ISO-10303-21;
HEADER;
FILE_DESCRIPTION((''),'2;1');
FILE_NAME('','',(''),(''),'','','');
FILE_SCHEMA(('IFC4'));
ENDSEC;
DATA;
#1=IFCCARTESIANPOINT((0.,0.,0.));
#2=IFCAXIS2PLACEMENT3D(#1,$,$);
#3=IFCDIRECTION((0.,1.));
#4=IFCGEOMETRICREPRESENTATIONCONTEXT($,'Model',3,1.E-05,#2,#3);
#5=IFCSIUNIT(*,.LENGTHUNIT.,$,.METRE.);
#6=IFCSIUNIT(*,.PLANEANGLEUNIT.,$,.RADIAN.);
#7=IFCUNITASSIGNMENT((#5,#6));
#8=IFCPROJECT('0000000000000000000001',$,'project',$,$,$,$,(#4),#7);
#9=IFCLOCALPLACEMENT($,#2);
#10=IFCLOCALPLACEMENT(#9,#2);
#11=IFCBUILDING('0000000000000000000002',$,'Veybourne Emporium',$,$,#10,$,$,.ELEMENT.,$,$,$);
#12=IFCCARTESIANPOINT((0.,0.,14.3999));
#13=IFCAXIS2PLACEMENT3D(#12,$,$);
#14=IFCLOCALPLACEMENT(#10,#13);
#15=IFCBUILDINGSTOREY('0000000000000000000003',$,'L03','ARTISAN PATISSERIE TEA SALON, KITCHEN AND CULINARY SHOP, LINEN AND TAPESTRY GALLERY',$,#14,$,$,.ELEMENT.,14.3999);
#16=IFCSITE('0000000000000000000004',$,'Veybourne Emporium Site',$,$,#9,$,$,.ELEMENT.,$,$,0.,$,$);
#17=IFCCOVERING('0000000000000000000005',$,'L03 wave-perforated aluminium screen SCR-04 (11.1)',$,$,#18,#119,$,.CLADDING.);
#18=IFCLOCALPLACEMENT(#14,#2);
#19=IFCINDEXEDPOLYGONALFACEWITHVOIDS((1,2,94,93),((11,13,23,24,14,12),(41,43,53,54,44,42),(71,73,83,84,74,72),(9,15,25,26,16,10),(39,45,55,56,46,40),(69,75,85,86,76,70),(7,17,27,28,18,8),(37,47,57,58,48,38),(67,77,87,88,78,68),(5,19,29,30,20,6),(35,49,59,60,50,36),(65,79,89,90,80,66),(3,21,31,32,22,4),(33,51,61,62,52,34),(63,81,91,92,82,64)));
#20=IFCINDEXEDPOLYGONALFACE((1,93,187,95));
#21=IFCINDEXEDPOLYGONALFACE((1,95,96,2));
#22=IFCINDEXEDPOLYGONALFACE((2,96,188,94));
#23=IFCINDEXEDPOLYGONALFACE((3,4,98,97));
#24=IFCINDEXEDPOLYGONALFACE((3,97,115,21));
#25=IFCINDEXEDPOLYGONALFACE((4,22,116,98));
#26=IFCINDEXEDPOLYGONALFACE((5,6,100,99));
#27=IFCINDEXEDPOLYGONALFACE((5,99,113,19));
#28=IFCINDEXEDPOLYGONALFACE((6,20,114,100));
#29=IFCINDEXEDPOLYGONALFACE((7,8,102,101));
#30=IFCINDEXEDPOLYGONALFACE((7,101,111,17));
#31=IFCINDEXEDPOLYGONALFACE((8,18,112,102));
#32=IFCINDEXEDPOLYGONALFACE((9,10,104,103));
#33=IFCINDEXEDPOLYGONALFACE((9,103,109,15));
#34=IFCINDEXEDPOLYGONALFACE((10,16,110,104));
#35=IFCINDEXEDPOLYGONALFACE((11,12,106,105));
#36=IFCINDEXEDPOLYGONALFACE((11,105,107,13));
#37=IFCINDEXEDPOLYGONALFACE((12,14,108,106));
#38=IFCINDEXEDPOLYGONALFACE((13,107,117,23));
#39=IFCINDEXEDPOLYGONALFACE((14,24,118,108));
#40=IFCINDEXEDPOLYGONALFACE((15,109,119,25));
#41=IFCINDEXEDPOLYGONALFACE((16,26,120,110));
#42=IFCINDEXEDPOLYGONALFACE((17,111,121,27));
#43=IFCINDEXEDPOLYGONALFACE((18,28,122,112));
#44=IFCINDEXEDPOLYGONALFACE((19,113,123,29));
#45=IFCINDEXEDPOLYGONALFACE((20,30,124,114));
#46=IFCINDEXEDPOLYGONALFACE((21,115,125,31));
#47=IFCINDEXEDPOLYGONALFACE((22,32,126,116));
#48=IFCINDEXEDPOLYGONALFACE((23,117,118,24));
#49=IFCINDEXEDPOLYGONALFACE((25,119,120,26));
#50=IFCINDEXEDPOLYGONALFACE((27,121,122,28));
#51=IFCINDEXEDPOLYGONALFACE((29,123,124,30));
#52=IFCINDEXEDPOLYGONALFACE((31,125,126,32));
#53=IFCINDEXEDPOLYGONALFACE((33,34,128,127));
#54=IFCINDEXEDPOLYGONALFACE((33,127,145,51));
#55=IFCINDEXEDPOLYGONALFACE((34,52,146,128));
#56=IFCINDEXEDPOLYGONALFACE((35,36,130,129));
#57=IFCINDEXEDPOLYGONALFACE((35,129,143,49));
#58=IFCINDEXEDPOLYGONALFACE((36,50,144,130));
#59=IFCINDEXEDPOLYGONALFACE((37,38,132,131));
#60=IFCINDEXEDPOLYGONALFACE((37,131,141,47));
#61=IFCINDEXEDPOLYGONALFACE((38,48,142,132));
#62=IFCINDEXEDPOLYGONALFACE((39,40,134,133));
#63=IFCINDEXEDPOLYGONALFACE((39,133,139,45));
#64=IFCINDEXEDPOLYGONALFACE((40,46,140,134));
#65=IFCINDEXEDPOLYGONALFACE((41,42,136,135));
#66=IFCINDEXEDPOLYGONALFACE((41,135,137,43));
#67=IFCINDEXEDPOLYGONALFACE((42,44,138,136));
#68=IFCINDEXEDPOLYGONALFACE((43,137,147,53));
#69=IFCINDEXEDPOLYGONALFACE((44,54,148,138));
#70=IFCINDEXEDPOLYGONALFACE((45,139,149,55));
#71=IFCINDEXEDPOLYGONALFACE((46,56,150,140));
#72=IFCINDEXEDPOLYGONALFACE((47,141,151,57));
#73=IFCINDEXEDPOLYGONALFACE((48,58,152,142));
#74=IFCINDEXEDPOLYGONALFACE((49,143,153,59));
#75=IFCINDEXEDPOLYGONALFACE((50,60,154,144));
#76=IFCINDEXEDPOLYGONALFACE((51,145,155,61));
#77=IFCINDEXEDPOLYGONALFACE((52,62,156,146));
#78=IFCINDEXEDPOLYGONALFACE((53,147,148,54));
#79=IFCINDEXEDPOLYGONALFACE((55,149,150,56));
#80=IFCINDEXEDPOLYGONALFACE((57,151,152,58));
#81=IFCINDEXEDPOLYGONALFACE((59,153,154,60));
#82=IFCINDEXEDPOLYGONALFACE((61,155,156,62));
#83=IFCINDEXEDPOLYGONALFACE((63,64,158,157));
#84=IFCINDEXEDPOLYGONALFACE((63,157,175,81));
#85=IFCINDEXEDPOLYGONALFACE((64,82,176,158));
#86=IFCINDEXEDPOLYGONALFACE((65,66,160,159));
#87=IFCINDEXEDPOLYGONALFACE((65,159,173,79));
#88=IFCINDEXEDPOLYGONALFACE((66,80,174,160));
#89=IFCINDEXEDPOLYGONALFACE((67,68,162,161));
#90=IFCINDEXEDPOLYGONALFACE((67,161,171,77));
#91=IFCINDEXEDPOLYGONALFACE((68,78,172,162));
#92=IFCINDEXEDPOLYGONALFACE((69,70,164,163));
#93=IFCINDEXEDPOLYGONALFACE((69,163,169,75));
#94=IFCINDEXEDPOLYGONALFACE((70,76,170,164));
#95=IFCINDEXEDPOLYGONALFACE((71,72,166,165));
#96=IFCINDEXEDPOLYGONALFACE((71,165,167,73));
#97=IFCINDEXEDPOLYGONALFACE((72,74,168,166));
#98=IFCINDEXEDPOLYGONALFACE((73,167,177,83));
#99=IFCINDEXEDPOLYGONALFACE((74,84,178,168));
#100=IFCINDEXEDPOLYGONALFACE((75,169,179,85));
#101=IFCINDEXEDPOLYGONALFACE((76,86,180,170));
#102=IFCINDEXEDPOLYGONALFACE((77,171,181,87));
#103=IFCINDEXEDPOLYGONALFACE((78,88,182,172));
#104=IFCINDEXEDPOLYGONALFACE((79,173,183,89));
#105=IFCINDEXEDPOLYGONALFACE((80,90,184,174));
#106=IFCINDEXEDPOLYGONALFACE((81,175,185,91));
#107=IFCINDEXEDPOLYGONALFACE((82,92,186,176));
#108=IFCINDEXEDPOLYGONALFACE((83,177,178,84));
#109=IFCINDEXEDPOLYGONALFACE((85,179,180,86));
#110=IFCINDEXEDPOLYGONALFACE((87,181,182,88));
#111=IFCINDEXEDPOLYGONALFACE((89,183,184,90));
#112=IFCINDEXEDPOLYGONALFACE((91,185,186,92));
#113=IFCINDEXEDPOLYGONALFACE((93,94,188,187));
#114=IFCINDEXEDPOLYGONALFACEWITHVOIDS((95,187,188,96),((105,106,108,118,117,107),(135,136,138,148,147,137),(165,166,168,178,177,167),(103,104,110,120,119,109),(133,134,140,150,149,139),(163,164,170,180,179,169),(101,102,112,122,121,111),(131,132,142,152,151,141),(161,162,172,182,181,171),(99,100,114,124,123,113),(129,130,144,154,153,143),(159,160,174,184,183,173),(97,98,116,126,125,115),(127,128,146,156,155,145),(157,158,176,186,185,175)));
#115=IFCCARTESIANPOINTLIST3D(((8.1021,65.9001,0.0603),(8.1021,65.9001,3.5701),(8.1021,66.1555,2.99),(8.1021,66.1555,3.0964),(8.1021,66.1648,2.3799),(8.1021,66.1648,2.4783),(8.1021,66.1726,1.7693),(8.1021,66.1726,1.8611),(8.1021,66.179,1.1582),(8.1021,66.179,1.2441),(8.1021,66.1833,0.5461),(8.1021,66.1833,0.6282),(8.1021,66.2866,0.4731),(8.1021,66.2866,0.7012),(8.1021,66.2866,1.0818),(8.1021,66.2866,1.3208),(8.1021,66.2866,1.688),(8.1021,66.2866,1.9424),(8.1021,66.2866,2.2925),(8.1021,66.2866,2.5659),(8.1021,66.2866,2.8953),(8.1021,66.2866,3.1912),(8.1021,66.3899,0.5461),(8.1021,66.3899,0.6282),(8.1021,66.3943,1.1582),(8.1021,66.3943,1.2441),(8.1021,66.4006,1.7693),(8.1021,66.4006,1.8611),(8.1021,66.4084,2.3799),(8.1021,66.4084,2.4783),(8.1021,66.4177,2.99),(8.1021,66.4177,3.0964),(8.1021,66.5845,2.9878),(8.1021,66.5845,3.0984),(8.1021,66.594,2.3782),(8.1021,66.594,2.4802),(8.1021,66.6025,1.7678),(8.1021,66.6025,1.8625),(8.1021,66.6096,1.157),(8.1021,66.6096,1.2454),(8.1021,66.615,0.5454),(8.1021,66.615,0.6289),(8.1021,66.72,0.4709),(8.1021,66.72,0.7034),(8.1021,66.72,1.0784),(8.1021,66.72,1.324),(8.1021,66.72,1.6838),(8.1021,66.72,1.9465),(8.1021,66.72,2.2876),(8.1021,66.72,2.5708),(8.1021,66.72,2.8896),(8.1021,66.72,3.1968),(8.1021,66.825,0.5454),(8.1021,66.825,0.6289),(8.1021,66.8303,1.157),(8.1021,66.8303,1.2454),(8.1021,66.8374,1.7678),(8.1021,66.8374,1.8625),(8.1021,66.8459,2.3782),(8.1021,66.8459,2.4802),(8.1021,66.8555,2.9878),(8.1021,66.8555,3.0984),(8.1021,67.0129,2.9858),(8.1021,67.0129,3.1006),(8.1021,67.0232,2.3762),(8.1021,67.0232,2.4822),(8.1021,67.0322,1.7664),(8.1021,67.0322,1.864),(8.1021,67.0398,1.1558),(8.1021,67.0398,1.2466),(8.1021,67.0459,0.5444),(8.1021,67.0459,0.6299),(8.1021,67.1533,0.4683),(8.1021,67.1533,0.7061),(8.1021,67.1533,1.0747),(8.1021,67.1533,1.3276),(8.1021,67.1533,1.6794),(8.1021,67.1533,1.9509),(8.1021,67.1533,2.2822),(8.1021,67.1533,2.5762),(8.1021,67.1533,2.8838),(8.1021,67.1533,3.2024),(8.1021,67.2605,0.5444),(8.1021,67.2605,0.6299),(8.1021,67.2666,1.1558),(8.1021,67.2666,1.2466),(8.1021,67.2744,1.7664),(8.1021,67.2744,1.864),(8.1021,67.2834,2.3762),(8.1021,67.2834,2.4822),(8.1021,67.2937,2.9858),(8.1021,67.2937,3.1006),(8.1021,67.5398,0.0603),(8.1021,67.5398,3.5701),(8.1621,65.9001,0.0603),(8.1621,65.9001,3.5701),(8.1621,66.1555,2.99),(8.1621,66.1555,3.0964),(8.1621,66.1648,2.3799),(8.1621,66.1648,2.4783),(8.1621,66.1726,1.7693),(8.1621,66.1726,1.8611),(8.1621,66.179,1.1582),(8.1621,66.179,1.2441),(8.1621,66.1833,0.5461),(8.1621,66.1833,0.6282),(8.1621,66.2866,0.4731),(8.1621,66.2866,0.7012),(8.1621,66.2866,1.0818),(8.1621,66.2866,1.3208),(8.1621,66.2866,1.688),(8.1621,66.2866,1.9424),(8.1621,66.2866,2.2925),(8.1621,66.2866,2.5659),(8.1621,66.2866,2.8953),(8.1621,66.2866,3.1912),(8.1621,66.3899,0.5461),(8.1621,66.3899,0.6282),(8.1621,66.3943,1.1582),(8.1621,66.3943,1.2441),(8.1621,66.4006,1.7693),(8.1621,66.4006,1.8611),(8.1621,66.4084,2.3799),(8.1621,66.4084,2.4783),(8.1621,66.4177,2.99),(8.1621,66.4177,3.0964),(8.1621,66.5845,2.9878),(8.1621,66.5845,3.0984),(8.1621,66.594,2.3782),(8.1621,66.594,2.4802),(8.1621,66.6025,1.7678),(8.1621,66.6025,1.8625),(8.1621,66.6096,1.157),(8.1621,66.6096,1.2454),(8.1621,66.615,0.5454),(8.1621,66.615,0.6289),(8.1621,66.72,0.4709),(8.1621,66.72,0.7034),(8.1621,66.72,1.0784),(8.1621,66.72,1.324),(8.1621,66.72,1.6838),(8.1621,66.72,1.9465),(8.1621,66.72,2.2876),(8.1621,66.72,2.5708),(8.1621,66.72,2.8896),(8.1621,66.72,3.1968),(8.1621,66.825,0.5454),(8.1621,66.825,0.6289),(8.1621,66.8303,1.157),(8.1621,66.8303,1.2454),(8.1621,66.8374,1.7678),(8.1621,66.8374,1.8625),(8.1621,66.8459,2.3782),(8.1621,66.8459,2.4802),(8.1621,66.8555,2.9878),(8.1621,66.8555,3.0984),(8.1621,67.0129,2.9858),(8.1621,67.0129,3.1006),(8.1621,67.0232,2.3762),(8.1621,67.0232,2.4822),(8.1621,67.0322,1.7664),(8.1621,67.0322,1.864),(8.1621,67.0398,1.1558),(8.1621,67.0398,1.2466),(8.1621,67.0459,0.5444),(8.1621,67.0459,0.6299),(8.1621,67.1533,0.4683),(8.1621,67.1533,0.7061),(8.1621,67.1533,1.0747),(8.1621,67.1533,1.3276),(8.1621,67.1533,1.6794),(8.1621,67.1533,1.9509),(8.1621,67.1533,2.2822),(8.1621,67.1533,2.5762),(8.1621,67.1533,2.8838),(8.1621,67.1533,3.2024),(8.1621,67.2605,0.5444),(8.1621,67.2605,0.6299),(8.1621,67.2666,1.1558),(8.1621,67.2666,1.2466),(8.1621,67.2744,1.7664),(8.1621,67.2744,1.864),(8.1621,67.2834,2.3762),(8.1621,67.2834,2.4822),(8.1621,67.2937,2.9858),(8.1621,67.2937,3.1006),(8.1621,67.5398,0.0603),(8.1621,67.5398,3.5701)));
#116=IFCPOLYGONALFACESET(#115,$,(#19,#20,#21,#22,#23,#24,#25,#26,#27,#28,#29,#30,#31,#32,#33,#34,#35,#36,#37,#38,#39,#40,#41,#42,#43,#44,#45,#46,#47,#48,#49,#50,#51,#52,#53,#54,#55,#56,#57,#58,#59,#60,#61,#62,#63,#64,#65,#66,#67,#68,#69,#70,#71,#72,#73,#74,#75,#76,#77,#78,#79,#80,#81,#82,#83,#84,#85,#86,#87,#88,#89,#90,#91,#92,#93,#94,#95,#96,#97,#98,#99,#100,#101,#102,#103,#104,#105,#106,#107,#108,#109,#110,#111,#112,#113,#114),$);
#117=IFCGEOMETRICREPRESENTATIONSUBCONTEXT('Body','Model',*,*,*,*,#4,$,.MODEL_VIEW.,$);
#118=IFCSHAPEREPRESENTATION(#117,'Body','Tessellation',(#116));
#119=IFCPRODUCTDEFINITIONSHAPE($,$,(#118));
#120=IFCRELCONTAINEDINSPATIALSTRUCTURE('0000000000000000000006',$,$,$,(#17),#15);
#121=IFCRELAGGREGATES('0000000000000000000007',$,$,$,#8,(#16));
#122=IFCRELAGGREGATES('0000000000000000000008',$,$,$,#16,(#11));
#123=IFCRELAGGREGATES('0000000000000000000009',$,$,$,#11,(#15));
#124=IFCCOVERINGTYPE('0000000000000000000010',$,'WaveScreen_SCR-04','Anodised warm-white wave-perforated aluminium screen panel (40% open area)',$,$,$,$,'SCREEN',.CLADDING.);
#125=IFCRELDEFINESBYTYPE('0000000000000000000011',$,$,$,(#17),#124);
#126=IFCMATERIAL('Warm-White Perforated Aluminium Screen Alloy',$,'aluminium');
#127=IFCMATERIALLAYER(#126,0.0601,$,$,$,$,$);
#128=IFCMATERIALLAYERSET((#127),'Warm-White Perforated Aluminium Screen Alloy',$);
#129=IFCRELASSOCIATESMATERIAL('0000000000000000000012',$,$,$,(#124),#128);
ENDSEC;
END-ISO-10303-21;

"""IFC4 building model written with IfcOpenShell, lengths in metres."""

from ifc_helpers import new_model, si_unit, direction, frame, origin, place, context, subcontext, project, spatial, polyline, outline, extrude, material, layer, layer_set, type_object, element, save


model = new_model("IFC4")

# Units and contexts
model_context = context("Model", 3, precision=1e-05, world=origin(), true_north=direction((0.0, 1.0)))
body_context = subcontext(model_context, "Body", "Model", "MODEL_VIEW")
ifc_project = project(units=[si_unit("LENGTHUNIT", "METRE"), si_unit("PLANEANGLEUNIT", "RADIAN")], contexts=[model_context])

# Site, building, storey
site_placement = place(None, origin())
site = spatial("IfcSite", under=ifc_project, at=site_placement, Name="Veybourne Emporium Site", CompositionType="ELEMENT", RefElevation=0.0)
building_placement = place(site_placement, origin())
building = spatial("IfcBuilding", under=site, at=building_placement, Name="Veybourne Emporium", CompositionType="ELEMENT")
storey_placement = place(building_placement, frame((0.0, 0.0, 14.3999)))
storey = spatial("IfcBuildingStorey", under=building, at=storey_placement, Name="L03", Description="ARTISAN PATISSERIE TEA SALON, KITCHEN AND CULINARY SHOP, LINEN AND TAPESTRY GALLERY", CompositionType="ELEMENT", Elevation=14.3999)

# Covering
ifc_material_1 = material(Name="Warm-White Perforated Aluminium Screen Alloy", Category="aluminium")
ifc_layer_1 = layer(ifc_material_1, 0.0601)
ifc_layer_set_1 = layer_set([ifc_layer_1], Name="Warm-White Perforated Aluminium Screen Alloy")
covering_type_1 = type_object("IfcCoveringType", Name="WaveScreen_SCR-04", Description="Anodised warm-white wave-perforated aluminium screen panel (40% open area)", ElementType="SCREEN", PredefinedType="CLADDING", material=ifc_layer_set_1)
covering_1_placement = place(storey_placement, frame((8.1021, 66.72, 1.8152), z_axis=(1.0, 0.0, 0.0), x_axis=(0.0, 1.0, 0.0)))
element("IfcCovering", 1, at=covering_1_placement, inside=storey, type_object=covering_type_1, Name="L03 wave-perforated aluminium screen SCR-04 (11.1)", PredefinedType="CLADDING", context=body_context, shape_type="SweptSolid", body=[
    extrude(outline(polyline([(-0.8198, -1.7549), (0.8198, -1.7549), (0.8198, 1.7549), (-0.8198, 1.7549), (-0.8198, -1.7549)]), holes=[polyline([(-0.4333, -1.114), (-0.3301, -1.187), (-0.3301, -1.269), (-0.4333, -1.342), (-0.5366, -1.269), (-0.5366, -1.187), (-0.4333, -1.114)]), polyline([(-0.4333, -0.4944), (-0.3257, -0.571), (-0.3257, -0.657), (-0.4333, -0.7334), (-0.541, -0.657), (-0.541, -0.571), (-0.4333, -0.4944)]), polyline([(-0.4333, 0.1272), (-0.3193, 0.0459), (-0.3193, -0.0459), (-0.4333, -0.1272), (-0.5474, -0.0459), (-0.5474, 0.0459), (-0.4333, 0.1272)]), polyline([(-0.4333, 0.7507), (-0.3115, 0.6631), (-0.3115, 0.5647), (-0.4333, 0.4773), (-0.5552, 0.5647), (-0.5552, 0.6631), (-0.4333, 0.7507)]), polyline([(-0.4333, 1.376), (-0.3022, 1.2812), (-0.3022, 1.1748), (-0.4333, 1.0801), (-0.5645, 1.1748), (-0.5645, 1.2812), (-0.4333, 1.376)]), polyline([(0.0, -1.1118), (0.105, -1.1863), (0.105, -1.2698), (0.0, -1.3442), (-0.105, -1.2698), (-0.105, -1.1863), (0.0, -1.1118)]), polyline([(0.0, -0.4912), (0.1104, -0.5698), (0.1104, -0.6582), (0.0, -0.7368), (-0.1104, -0.6582), (-0.1104, -0.5698), (0.0, -0.4912)]), polyline([(0.0, 0.1313), (0.1174, 0.0474), (0.1174, -0.0474), (0.0, -0.1313), (-0.1174, -0.0474), (-0.1174, 0.0474), (0.0, 0.1313)]), polyline([(0.0, 0.7556), (0.126, 0.665), (0.126, 0.563), (0.0, 0.4724), (-0.126, 0.563), (-0.126, 0.665), (0.0, 0.7556)]), polyline([(0.0, 1.3816), (0.1355, 1.2832), (0.1355, 1.1726), (0.0, 1.0745), (-0.1355, 1.1726), (-0.1355, 1.2832), (0.0, 1.3816)]), polyline([(0.4333, -1.1091), (0.5405, -1.1853), (0.5405, -1.2708), (0.4333, -1.3469), (0.3259, -1.2708), (0.3259, -1.1853), (0.4333, -1.1091)]), polyline([(0.4333, -0.4875), (0.5466, -0.5686), (0.5466, -0.6594), (0.4333, -0.7405), (0.3198, -0.6594), (0.3198, -0.5686), (0.4333, -0.4875)]), polyline([(0.4333, 0.1357), (0.5544, 0.0488), (0.5544, -0.0488), (0.4333, -0.1357), (0.3123, -0.0488), (0.3123, 0.0488), (0.4333, 0.1357)]), polyline([(0.4333, 0.761), (0.5635, 0.667), (0.5635, 0.561), (0.4333, 0.467), (0.3032, 0.561), (0.3032, 0.667), (0.4333, 0.761)]), polyline([(0.4333, 1.3872), (0.5737, 1.2854), (0.5737, 1.1707), (0.4333, 1.0686), (0.293, 1.1707), (0.293, 1.2854), (0.4333, 1.3872)])]), origin(), (0.0, 0.0, 1.0), 0.0601),
])

save(model, "model.ifc")
